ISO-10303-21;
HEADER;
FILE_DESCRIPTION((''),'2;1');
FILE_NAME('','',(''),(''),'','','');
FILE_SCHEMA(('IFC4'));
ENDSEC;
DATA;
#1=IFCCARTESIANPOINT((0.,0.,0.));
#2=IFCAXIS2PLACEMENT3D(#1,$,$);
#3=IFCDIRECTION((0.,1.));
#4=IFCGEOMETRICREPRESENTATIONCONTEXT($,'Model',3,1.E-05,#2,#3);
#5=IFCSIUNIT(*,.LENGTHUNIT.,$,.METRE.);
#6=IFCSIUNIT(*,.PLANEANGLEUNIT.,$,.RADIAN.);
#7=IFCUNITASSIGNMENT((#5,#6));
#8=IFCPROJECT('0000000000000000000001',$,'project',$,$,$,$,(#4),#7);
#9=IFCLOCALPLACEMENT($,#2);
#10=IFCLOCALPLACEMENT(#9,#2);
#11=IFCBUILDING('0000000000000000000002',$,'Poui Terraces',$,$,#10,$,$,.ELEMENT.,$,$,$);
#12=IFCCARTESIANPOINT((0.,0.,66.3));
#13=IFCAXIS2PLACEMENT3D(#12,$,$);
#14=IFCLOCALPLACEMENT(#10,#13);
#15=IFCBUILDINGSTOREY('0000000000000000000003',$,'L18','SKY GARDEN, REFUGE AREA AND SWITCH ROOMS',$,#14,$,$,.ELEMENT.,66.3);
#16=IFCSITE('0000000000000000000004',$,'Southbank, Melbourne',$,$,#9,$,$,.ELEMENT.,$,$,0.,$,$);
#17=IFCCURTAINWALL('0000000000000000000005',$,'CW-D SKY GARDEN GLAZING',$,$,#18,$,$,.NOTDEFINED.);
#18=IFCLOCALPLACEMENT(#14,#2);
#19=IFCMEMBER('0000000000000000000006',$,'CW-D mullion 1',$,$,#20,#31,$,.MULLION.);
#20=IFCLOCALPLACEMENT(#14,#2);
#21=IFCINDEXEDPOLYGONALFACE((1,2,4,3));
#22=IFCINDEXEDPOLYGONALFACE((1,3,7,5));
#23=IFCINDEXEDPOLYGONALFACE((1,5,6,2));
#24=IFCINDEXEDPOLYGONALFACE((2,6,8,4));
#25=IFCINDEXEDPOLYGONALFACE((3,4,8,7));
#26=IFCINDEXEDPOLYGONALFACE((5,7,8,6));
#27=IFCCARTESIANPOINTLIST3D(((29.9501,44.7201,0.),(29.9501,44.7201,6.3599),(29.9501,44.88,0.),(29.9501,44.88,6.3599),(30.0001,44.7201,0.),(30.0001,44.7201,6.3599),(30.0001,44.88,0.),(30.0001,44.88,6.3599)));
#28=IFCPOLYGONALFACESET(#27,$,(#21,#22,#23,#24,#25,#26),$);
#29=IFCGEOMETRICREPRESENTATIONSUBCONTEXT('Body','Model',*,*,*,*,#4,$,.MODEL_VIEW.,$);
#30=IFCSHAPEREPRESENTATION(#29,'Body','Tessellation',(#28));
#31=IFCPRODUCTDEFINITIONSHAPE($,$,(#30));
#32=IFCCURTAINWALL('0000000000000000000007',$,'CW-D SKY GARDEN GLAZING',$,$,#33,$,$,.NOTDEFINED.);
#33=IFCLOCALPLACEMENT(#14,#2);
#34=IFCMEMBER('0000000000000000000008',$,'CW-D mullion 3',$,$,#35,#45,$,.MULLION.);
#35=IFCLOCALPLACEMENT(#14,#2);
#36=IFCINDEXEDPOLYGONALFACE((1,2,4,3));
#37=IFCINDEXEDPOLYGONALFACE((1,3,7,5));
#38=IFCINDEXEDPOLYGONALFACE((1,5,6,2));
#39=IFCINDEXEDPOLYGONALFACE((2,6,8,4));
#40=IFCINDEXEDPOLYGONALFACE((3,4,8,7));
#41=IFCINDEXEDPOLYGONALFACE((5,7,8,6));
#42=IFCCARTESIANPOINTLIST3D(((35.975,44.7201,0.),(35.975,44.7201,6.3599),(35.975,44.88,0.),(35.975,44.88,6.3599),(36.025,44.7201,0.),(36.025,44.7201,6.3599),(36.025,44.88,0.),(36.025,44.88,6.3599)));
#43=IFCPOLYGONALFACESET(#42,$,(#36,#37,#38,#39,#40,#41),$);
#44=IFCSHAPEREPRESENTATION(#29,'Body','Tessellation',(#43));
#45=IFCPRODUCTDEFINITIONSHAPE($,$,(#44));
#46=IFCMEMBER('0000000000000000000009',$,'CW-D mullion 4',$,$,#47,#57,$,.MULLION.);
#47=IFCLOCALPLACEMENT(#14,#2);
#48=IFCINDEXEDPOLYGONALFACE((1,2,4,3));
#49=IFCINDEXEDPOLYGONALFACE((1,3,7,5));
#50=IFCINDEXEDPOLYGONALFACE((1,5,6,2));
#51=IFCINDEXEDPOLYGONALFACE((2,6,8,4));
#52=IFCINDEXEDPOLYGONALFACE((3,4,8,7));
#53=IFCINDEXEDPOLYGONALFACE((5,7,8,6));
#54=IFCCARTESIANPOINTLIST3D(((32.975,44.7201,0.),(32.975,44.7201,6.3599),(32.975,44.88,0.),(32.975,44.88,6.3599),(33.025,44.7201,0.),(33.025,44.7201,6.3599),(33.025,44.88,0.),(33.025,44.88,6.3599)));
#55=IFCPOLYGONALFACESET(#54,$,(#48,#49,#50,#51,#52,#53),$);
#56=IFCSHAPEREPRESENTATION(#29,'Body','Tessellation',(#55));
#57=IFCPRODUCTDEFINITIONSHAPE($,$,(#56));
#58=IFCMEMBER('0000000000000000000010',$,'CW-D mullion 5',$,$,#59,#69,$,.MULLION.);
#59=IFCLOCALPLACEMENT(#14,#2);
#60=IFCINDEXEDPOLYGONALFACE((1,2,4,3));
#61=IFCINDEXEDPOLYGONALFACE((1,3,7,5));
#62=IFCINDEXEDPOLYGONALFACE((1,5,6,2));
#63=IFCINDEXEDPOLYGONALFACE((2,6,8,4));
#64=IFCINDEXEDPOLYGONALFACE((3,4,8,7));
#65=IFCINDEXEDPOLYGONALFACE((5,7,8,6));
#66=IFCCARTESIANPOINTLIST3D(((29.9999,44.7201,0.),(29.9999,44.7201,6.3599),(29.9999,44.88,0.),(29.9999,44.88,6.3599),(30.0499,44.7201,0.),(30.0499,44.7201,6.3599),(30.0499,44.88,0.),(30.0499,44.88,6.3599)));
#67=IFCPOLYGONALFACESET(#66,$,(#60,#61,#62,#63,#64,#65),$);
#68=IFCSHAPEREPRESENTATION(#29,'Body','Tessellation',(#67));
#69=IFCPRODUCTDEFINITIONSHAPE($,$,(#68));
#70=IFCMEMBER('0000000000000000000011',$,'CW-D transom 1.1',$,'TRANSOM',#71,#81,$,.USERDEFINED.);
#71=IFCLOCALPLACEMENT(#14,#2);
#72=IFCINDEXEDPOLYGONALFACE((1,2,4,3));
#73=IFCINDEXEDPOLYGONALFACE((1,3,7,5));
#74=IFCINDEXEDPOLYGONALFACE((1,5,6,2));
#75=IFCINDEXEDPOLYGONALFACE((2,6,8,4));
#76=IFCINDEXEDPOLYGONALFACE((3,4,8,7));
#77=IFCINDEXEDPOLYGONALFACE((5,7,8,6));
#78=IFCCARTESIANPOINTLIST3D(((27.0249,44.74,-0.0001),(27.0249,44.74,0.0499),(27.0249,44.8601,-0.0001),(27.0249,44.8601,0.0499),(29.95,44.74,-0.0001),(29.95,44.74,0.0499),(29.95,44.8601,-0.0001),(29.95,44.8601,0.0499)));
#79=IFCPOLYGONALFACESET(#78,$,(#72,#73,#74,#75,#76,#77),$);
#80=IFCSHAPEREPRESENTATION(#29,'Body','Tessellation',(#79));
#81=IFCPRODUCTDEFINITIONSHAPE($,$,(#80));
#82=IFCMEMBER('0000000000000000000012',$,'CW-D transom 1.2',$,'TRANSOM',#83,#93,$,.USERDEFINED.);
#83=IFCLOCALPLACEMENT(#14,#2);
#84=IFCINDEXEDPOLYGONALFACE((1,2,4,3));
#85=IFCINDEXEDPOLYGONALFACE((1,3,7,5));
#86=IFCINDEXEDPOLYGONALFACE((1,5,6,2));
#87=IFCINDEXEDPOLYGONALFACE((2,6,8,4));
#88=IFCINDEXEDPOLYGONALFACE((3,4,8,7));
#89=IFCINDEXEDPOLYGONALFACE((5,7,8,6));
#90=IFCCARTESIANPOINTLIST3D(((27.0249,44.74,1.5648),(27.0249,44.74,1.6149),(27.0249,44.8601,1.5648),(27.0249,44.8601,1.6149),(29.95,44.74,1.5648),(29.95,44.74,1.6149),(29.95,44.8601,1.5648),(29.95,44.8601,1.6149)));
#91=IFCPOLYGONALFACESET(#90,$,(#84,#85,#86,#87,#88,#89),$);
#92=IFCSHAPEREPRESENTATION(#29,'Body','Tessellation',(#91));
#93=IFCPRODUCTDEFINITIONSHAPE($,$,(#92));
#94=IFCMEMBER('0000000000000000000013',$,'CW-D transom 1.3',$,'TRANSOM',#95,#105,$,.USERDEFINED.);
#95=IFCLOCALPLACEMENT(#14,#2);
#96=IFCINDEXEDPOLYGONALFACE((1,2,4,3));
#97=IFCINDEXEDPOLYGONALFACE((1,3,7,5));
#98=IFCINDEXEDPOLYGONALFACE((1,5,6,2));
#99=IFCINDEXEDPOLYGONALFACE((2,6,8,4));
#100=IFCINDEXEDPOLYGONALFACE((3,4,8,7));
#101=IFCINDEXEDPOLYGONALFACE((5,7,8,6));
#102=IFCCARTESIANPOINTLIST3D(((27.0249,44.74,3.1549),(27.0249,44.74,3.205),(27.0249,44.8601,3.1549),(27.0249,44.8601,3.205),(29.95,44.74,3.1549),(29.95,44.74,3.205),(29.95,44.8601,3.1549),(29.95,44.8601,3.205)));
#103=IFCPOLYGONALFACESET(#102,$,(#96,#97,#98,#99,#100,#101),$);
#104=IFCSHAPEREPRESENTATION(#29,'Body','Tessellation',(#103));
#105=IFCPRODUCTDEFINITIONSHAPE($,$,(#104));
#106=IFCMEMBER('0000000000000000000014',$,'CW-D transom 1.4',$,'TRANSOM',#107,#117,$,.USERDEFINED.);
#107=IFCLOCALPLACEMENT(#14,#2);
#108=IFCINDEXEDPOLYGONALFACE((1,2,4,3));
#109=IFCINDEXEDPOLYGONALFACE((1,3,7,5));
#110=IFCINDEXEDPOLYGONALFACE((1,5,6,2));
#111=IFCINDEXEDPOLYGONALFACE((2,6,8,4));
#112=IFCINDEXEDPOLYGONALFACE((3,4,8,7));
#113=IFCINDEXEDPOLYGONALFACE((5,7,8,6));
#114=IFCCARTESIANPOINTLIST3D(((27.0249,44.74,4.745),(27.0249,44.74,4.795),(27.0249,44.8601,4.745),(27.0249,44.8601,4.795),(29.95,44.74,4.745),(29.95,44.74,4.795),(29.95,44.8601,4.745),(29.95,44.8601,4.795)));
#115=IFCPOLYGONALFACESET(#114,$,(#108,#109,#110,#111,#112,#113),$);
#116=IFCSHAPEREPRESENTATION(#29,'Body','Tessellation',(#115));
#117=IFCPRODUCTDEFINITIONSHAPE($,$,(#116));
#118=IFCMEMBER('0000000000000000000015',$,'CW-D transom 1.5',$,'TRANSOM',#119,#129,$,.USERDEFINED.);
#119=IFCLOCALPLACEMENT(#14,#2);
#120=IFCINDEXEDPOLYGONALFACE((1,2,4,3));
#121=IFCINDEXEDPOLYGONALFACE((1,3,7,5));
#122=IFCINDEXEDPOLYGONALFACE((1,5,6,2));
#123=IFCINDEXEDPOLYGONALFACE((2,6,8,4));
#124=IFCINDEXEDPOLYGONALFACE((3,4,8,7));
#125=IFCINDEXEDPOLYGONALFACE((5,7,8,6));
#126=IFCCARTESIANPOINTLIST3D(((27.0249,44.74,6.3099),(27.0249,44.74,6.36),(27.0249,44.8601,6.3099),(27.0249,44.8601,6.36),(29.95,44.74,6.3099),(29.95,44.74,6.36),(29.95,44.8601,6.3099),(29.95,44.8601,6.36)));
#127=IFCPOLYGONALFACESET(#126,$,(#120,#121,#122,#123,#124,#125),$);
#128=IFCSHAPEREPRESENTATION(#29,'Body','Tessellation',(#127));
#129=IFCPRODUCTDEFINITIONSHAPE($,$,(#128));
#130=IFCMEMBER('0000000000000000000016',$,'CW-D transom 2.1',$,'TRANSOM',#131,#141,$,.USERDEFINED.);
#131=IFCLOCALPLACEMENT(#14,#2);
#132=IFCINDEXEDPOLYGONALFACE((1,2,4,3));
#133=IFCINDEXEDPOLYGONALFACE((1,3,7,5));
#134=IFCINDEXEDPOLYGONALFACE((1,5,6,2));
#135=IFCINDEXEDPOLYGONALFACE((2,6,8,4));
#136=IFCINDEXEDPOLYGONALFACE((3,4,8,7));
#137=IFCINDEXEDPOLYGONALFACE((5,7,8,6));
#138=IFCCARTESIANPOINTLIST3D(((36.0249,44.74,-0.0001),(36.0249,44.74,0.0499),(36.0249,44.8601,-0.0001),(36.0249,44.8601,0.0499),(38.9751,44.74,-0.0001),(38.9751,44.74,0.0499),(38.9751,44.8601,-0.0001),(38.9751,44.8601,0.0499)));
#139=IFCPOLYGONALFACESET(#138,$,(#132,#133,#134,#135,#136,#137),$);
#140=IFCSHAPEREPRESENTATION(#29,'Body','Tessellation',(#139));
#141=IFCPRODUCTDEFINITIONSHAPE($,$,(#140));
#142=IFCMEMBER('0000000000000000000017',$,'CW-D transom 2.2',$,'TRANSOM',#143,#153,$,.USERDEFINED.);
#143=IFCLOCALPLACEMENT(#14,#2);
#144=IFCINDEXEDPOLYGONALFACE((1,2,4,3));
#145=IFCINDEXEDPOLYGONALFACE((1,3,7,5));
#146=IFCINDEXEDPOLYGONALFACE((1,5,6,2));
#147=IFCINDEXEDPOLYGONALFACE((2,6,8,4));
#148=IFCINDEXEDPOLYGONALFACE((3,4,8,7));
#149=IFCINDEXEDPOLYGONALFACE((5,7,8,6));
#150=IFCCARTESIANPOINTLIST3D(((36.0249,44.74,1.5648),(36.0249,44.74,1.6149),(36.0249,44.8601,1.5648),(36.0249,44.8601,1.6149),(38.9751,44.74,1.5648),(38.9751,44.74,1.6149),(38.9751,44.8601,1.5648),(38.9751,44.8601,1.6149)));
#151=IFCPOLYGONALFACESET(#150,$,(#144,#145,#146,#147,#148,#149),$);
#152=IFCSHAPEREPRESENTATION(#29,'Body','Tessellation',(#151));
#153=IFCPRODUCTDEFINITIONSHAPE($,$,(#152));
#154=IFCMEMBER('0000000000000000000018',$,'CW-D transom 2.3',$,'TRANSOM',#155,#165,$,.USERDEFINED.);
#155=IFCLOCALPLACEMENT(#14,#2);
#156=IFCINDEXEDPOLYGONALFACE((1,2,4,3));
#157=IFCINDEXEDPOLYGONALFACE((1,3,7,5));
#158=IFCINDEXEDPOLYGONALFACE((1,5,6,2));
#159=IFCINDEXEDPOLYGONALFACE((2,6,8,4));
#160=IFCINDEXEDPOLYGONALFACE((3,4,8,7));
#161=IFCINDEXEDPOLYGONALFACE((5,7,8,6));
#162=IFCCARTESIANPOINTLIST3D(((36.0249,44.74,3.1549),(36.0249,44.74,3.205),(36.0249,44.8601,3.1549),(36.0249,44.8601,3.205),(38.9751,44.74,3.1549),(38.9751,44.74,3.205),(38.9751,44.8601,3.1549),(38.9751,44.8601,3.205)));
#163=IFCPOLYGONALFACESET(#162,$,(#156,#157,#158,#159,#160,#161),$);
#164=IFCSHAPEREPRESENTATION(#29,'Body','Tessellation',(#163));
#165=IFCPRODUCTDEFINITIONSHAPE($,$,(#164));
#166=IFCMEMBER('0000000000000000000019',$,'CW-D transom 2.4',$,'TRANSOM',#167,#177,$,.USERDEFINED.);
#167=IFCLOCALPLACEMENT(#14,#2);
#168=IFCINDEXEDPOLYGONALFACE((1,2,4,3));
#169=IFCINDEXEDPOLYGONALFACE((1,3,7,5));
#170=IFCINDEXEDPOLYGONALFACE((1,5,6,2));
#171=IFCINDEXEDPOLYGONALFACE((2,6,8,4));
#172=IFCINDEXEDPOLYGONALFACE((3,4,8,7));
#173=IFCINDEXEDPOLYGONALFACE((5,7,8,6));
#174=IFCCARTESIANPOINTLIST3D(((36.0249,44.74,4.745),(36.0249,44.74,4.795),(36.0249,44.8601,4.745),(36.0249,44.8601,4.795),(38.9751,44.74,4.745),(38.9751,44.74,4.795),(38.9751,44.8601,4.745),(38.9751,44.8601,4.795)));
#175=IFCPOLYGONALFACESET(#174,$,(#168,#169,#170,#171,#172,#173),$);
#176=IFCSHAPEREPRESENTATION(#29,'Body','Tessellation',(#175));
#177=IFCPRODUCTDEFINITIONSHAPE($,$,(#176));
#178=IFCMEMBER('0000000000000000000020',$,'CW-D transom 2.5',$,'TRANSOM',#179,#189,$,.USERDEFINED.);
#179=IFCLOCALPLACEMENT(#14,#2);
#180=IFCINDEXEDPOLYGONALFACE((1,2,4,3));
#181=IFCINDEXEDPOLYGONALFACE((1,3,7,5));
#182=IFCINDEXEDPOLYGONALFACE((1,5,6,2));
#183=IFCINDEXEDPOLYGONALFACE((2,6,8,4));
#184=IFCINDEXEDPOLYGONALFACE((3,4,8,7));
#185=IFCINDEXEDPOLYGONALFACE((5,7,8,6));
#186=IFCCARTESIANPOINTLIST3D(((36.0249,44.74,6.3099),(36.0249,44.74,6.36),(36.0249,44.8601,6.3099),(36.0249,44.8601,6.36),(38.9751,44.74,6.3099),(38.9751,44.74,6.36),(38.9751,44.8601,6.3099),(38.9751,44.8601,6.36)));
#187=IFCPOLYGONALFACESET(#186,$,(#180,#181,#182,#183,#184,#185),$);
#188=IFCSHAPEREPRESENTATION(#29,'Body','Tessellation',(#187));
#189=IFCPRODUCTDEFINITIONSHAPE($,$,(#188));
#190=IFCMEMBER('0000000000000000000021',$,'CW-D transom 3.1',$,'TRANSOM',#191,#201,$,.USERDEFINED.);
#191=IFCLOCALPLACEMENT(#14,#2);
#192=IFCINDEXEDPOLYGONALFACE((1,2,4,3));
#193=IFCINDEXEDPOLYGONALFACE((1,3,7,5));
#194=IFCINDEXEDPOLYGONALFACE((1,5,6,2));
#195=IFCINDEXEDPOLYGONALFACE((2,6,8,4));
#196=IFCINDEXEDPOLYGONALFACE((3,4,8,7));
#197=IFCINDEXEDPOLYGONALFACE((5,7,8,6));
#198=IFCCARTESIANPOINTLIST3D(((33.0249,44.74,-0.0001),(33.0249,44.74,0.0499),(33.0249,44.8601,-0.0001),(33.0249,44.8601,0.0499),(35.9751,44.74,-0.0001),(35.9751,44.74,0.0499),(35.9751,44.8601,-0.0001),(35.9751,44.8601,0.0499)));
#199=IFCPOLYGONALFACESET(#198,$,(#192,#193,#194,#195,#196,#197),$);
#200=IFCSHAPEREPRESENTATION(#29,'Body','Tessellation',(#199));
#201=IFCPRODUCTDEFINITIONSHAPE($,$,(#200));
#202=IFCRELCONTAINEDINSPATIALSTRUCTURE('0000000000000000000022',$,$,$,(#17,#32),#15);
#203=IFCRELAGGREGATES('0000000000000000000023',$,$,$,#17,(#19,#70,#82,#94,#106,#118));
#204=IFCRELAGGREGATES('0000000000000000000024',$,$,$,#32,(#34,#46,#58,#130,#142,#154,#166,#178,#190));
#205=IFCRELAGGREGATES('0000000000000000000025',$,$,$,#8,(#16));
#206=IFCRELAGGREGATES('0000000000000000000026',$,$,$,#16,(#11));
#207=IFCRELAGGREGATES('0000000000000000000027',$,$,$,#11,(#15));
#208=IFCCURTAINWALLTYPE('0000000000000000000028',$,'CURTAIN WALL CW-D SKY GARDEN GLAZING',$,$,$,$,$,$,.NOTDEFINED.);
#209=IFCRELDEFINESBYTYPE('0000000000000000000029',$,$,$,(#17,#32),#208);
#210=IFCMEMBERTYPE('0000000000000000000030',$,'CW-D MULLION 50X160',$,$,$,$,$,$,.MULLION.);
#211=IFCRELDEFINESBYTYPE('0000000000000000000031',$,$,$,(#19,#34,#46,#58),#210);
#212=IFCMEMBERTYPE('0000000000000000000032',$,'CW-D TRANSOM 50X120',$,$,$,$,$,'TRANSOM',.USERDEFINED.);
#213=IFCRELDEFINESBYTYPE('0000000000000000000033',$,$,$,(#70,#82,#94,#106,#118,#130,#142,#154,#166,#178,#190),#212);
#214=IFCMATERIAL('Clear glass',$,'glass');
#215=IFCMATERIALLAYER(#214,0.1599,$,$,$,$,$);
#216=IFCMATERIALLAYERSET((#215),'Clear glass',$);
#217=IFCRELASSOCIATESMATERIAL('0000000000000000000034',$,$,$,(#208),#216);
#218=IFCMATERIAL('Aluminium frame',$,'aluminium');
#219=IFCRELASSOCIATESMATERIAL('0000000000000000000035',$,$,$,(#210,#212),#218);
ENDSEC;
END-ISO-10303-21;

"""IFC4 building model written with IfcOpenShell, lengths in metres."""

from ifc_helpers import new_model, si_unit, direction, frame, origin, origin_2d, place, context, subcontext, project, spatial, rectangle, extrude, material, layer, layer_set, material_profile, profile_set, type_object, element, aggregate, save


model = new_model("IFC4")

# Units and contexts
model_context = context("Model", 3, precision=1e-05, world=origin(), true_north=direction((0.0, 1.0)))
body_context = subcontext(model_context, "Body", "Model", "MODEL_VIEW")
ifc_project = project(units=[si_unit("LENGTHUNIT", "METRE"), si_unit("PLANEANGLEUNIT", "RADIAN")], contexts=[model_context])

# Site, building, storey
site_placement = place(None, origin())
site = spatial("IfcSite", under=ifc_project, at=site_placement, Name="Southbank, Melbourne", CompositionType="ELEMENT", RefElevation=0.0)
building_placement = place(site_placement, origin())
building = spatial("IfcBuilding", under=site, at=building_placement, Name="Poui Terraces", CompositionType="ELEMENT")
storey_placement = place(building_placement, frame((0.0, 0.0, 66.3)))
storey = spatial("IfcBuildingStorey", under=building, at=storey_placement, Name="L18", Description="SKY GARDEN, REFUGE AREA AND SWITCH ROOMS", CompositionType="ELEMENT", Elevation=66.3)

# Curtain wall, member
ifc_material_1 = material(Name="Clear glass", Category="glass")
ifc_layer_1 = layer(ifc_material_1, 0.1599)
ifc_layer_set_1 = layer_set([ifc_layer_1], Name="Clear glass")
curtain_wall_type = type_object("IfcCurtainWallType", Name="CURTAIN WALL CW-D SKY GARDEN GLAZING", PredefinedType="NOTDEFINED", material=ifc_layer_set_1)
curtain_wall_1_placement = place(storey_placement, origin())
curtain_wall_1 = element("IfcCurtainWall", 1, at=curtain_wall_1_placement, inside=storey, type_object=curtain_wall_type, Name="CW-D SKY GARDEN GLAZING", PredefinedType="NOTDEFINED")
ifc_material_2 = material(Name="Aluminium frame", Category="aluminium")
ifc_material_profile_1 = material_profile(ifc_material_2, rectangle(XDim=0.1599, YDim=0.05, at=origin_2d()), Name="CW-D MULLION 50X160")
ifc_profile_set_1 = profile_set([ifc_material_profile_1], Name="Aluminium frame")
member_type_1 = type_object("IfcMemberType", Name="CW-D MULLION 50X160", PredefinedType="MULLION", material=ifc_profile_set_1)
member_1_placement = place(storey_placement, frame((29.9751, 44.8, 0.0), z_axis=(0.0, 0.0, 1.0), x_axis=(0.0, -1.0, 0.0)))
member_1 = element("IfcMember", 2, at=member_1_placement, type_object=member_type_1, Name="CW-D mullion 1", PredefinedType="MULLION", context=body_context, shape_type="SweptSolid", body=[
    extrude(rectangle(XDim=0.1599, YDim=0.05, at=origin_2d()), origin(), (0.0, 0.0, 1.0), 6.3599),
])

# Curtain wall, members
curtain_wall_2_placement = place(storey_placement, origin())
curtain_wall_2 = element("IfcCurtainWall", 3, at=curtain_wall_2_placement, inside=storey, type_object=curtain_wall_type, Name="CW-D SKY GARDEN GLAZING", PredefinedType="NOTDEFINED")
member_2_placement = place(storey_placement, frame((36.0, 44.8, 0.0), z_axis=(0.0, 0.0, 1.0), x_axis=(0.0, -1.0, 0.0)))
member_2 = element("IfcMember", 4, at=member_2_placement, type_object=member_type_1, Name="CW-D mullion 3", PredefinedType="MULLION", context=body_context, shape_type="SweptSolid", body=[
    extrude(rectangle(XDim=0.1599, YDim=0.05, at=origin_2d()), origin(), (0.0, 0.0, 1.0), 6.3599),
])
member_3_placement = place(storey_placement, frame((33.0, 44.8, 0.0), z_axis=(0.0, 0.0, 1.0), x_axis=(0.0, -1.0, 0.0)))
member_3 = element("IfcMember", 5, at=member_3_placement, type_object=member_type_1, Name="CW-D mullion 4", PredefinedType="MULLION", context=body_context, shape_type="SweptSolid", body=[
    extrude(rectangle(XDim=0.1599, YDim=0.05, at=origin_2d()), origin(), (0.0, 0.0, 1.0), 6.3599),
])
member_4_placement = place(storey_placement, frame((30.0249, 44.8, 0.0), z_axis=(0.0, 0.0, 1.0), x_axis=(0.0, -1.0, 0.0)))
member_4 = element("IfcMember", 6, at=member_4_placement, type_object=member_type_1, Name="CW-D mullion 5", PredefinedType="MULLION", context=body_context, shape_type="SweptSolid", body=[
    extrude(rectangle(XDim=0.1599, YDim=0.05, at=origin_2d()), origin(), (0.0, 0.0, 1.0), 6.3599),
])

# Members
ifc_material_profile_2 = material_profile(ifc_material_2, rectangle(XDim=0.1201, YDim=0.05, at=origin_2d()), Name="CW-D TRANSOM 50X120")
ifc_profile_set_2 = profile_set([ifc_material_profile_2], Name="Aluminium frame")
member_type_2 = type_object("IfcMemberType", Name="CW-D TRANSOM 50X120", ElementType="TRANSOM", PredefinedType="USERDEFINED", material=ifc_profile_set_2)
member_5_placement = place(storey_placement, frame((29.95, 44.8, 0.0249), z_axis=(-1.0, 0.0, 0.0), x_axis=(0.0, -1.0, 0.0)))
member_5 = element("IfcMember", 7, at=member_5_placement, type_object=member_type_2, Name="CW-D transom 1.1", ObjectType="TRANSOM", PredefinedType="USERDEFINED", context=body_context, shape_type="SweptSolid", body=[
    extrude(rectangle(XDim=0.1201, YDim=0.05, at=origin_2d()), origin(), (0.0, 0.0, 1.0), 2.925),
])
member_6_placement = place(storey_placement, frame((29.95, 44.8, 1.5898), z_axis=(-1.0, 0.0, 0.0), x_axis=(0.0, -1.0, 0.0)))
member_6 = element("IfcMember", 8, at=member_6_placement, type_object=member_type_2, Name="CW-D transom 1.2", ObjectType="TRANSOM", PredefinedType="USERDEFINED", context=body_context, shape_type="SweptSolid", body=[
    extrude(rectangle(XDim=0.1201, YDim=0.05, at=origin_2d()), origin(), (0.0, 0.0, 1.0), 2.925),
])
member_7_placement = place(storey_placement, frame((29.95, 44.8, 3.1799), z_axis=(-1.0, 0.0, 0.0), x_axis=(0.0, -1.0, 0.0)))
member_7 = element("IfcMember", 9, at=member_7_placement, type_object=member_type_2, Name="CW-D transom 1.3", ObjectType="TRANSOM", PredefinedType="USERDEFINED", context=body_context, shape_type="SweptSolid", body=[
    extrude(rectangle(XDim=0.1201, YDim=0.05, at=origin_2d()), origin(), (0.0, 0.0, 1.0), 2.925),
])
member_8_placement = place(storey_placement, frame((29.95, 44.8, 4.77), z_axis=(-1.0, 0.0, 0.0), x_axis=(0.0, -1.0, 0.0)))
member_8 = element("IfcMember", 10, at=member_8_placement, type_object=member_type_2, Name="CW-D transom 1.4", ObjectType="TRANSOM", PredefinedType="USERDEFINED", context=body_context, shape_type="SweptSolid", body=[
    extrude(rectangle(XDim=0.1201, YDim=0.05, at=origin_2d()), origin(), (0.0, 0.0, 1.0), 2.925),
])
member_9_placement = place(storey_placement, frame((29.95, 44.8, 6.335), z_axis=(-1.0, 0.0, 0.0), x_axis=(0.0, -1.0, 0.0)))
member_9 = element("IfcMember", 11, at=member_9_placement, type_object=member_type_2, Name="CW-D transom 1.5", ObjectType="TRANSOM", PredefinedType="USERDEFINED", context=body_context, shape_type="SweptSolid", body=[
    extrude(rectangle(XDim=0.1201, YDim=0.05, at=origin_2d()), origin(), (0.0, 0.0, 1.0), 2.925),
])
aggregate(curtain_wall_1, [member_1, member_5, member_6, member_7, member_8, member_9])
member_10_placement = place(storey_placement, frame((38.9751, 44.8, 0.0249), z_axis=(-1.0, 0.0, 0.0), x_axis=(0.0, -1.0, 0.0)))
member_10 = element("IfcMember", 12, at=member_10_placement, type_object=member_type_2, Name="CW-D transom 2.1", ObjectType="TRANSOM", PredefinedType="USERDEFINED", context=body_context, shape_type="SweptSolid", body=[
    extrude(rectangle(XDim=0.1201, YDim=0.05, at=origin_2d()), origin(), (0.0, 0.0, 1.0), 2.9502),
])
member_11_placement = place(storey_placement, frame((38.9751, 44.8, 1.5898), z_axis=(-1.0, 0.0, 0.0), x_axis=(0.0, -1.0, 0.0)))
member_11 = element("IfcMember", 13, at=member_11_placement, type_object=member_type_2, Name="CW-D transom 2.2", ObjectType="TRANSOM", PredefinedType="USERDEFINED", context=body_context, shape_type="SweptSolid", body=[
    extrude(rectangle(XDim=0.1201, YDim=0.05, at=origin_2d()), origin(), (0.0, 0.0, 1.0), 2.9502),
])
member_12_placement = place(storey_placement, frame((38.9751, 44.8, 3.1799), z_axis=(-1.0, 0.0, 0.0), x_axis=(0.0, -1.0, 0.0)))
member_12 = element("IfcMember", 14, at=member_12_placement, type_object=member_type_2, Name="CW-D transom 2.3", ObjectType="TRANSOM", PredefinedType="USERDEFINED", context=body_context, shape_type="SweptSolid", body=[
    extrude(rectangle(XDim=0.1201, YDim=0.05, at=origin_2d()), origin(), (0.0, 0.0, 1.0), 2.9502),
])
member_13_placement = place(storey_placement, frame((38.9751, 44.8, 4.77), z_axis=(-1.0, 0.0, 0.0), x_axis=(0.0, -1.0, 0.0)))
member_13 = element("IfcMember", 15, at=member_13_placement, type_object=member_type_2, Name="CW-D transom 2.4", ObjectType="TRANSOM", PredefinedType="USERDEFINED", context=body_context, shape_type="SweptSolid", body=[
    extrude(rectangle(XDim=0.1201, YDim=0.05, at=origin_2d()), origin(), (0.0, 0.0, 1.0), 2.9502),
])
member_14_placement = place(storey_placement, frame((38.9751, 44.8, 6.335), z_axis=(-1.0, 0.0, 0.0), x_axis=(0.0, -1.0, 0.0)))
member_14 = element("IfcMember", 16, at=member_14_placement, type_object=member_type_2, Name="CW-D transom 2.5", ObjectType="TRANSOM", PredefinedType="USERDEFINED", context=body_context, shape_type="SweptSolid", body=[
    extrude(rectangle(XDim=0.1201, YDim=0.05, at=origin_2d()), origin(), (0.0, 0.0, 1.0), 2.9502),
])
member_15_placement = place(storey_placement, frame((35.9751, 44.8, 0.0249), z_axis=(-1.0, 0.0, 0.0), x_axis=(0.0, -1.0, 0.0)))
member_15 = element("IfcMember", 17, at=member_15_placement, type_object=member_type_2, Name="CW-D transom 3.1", ObjectType="TRANSOM", PredefinedType="USERDEFINED", context=body_context, shape_type="SweptSolid", body=[
    extrude(rectangle(XDim=0.1201, YDim=0.05, at=origin_2d()), origin(), (0.0, 0.0, 1.0), 2.9502),
])

aggregate(curtain_wall_2, [member_2, member_3, member_4, member_10, member_11, member_12, member_13, member_14, member_15])

save(model, "model.ifc")
